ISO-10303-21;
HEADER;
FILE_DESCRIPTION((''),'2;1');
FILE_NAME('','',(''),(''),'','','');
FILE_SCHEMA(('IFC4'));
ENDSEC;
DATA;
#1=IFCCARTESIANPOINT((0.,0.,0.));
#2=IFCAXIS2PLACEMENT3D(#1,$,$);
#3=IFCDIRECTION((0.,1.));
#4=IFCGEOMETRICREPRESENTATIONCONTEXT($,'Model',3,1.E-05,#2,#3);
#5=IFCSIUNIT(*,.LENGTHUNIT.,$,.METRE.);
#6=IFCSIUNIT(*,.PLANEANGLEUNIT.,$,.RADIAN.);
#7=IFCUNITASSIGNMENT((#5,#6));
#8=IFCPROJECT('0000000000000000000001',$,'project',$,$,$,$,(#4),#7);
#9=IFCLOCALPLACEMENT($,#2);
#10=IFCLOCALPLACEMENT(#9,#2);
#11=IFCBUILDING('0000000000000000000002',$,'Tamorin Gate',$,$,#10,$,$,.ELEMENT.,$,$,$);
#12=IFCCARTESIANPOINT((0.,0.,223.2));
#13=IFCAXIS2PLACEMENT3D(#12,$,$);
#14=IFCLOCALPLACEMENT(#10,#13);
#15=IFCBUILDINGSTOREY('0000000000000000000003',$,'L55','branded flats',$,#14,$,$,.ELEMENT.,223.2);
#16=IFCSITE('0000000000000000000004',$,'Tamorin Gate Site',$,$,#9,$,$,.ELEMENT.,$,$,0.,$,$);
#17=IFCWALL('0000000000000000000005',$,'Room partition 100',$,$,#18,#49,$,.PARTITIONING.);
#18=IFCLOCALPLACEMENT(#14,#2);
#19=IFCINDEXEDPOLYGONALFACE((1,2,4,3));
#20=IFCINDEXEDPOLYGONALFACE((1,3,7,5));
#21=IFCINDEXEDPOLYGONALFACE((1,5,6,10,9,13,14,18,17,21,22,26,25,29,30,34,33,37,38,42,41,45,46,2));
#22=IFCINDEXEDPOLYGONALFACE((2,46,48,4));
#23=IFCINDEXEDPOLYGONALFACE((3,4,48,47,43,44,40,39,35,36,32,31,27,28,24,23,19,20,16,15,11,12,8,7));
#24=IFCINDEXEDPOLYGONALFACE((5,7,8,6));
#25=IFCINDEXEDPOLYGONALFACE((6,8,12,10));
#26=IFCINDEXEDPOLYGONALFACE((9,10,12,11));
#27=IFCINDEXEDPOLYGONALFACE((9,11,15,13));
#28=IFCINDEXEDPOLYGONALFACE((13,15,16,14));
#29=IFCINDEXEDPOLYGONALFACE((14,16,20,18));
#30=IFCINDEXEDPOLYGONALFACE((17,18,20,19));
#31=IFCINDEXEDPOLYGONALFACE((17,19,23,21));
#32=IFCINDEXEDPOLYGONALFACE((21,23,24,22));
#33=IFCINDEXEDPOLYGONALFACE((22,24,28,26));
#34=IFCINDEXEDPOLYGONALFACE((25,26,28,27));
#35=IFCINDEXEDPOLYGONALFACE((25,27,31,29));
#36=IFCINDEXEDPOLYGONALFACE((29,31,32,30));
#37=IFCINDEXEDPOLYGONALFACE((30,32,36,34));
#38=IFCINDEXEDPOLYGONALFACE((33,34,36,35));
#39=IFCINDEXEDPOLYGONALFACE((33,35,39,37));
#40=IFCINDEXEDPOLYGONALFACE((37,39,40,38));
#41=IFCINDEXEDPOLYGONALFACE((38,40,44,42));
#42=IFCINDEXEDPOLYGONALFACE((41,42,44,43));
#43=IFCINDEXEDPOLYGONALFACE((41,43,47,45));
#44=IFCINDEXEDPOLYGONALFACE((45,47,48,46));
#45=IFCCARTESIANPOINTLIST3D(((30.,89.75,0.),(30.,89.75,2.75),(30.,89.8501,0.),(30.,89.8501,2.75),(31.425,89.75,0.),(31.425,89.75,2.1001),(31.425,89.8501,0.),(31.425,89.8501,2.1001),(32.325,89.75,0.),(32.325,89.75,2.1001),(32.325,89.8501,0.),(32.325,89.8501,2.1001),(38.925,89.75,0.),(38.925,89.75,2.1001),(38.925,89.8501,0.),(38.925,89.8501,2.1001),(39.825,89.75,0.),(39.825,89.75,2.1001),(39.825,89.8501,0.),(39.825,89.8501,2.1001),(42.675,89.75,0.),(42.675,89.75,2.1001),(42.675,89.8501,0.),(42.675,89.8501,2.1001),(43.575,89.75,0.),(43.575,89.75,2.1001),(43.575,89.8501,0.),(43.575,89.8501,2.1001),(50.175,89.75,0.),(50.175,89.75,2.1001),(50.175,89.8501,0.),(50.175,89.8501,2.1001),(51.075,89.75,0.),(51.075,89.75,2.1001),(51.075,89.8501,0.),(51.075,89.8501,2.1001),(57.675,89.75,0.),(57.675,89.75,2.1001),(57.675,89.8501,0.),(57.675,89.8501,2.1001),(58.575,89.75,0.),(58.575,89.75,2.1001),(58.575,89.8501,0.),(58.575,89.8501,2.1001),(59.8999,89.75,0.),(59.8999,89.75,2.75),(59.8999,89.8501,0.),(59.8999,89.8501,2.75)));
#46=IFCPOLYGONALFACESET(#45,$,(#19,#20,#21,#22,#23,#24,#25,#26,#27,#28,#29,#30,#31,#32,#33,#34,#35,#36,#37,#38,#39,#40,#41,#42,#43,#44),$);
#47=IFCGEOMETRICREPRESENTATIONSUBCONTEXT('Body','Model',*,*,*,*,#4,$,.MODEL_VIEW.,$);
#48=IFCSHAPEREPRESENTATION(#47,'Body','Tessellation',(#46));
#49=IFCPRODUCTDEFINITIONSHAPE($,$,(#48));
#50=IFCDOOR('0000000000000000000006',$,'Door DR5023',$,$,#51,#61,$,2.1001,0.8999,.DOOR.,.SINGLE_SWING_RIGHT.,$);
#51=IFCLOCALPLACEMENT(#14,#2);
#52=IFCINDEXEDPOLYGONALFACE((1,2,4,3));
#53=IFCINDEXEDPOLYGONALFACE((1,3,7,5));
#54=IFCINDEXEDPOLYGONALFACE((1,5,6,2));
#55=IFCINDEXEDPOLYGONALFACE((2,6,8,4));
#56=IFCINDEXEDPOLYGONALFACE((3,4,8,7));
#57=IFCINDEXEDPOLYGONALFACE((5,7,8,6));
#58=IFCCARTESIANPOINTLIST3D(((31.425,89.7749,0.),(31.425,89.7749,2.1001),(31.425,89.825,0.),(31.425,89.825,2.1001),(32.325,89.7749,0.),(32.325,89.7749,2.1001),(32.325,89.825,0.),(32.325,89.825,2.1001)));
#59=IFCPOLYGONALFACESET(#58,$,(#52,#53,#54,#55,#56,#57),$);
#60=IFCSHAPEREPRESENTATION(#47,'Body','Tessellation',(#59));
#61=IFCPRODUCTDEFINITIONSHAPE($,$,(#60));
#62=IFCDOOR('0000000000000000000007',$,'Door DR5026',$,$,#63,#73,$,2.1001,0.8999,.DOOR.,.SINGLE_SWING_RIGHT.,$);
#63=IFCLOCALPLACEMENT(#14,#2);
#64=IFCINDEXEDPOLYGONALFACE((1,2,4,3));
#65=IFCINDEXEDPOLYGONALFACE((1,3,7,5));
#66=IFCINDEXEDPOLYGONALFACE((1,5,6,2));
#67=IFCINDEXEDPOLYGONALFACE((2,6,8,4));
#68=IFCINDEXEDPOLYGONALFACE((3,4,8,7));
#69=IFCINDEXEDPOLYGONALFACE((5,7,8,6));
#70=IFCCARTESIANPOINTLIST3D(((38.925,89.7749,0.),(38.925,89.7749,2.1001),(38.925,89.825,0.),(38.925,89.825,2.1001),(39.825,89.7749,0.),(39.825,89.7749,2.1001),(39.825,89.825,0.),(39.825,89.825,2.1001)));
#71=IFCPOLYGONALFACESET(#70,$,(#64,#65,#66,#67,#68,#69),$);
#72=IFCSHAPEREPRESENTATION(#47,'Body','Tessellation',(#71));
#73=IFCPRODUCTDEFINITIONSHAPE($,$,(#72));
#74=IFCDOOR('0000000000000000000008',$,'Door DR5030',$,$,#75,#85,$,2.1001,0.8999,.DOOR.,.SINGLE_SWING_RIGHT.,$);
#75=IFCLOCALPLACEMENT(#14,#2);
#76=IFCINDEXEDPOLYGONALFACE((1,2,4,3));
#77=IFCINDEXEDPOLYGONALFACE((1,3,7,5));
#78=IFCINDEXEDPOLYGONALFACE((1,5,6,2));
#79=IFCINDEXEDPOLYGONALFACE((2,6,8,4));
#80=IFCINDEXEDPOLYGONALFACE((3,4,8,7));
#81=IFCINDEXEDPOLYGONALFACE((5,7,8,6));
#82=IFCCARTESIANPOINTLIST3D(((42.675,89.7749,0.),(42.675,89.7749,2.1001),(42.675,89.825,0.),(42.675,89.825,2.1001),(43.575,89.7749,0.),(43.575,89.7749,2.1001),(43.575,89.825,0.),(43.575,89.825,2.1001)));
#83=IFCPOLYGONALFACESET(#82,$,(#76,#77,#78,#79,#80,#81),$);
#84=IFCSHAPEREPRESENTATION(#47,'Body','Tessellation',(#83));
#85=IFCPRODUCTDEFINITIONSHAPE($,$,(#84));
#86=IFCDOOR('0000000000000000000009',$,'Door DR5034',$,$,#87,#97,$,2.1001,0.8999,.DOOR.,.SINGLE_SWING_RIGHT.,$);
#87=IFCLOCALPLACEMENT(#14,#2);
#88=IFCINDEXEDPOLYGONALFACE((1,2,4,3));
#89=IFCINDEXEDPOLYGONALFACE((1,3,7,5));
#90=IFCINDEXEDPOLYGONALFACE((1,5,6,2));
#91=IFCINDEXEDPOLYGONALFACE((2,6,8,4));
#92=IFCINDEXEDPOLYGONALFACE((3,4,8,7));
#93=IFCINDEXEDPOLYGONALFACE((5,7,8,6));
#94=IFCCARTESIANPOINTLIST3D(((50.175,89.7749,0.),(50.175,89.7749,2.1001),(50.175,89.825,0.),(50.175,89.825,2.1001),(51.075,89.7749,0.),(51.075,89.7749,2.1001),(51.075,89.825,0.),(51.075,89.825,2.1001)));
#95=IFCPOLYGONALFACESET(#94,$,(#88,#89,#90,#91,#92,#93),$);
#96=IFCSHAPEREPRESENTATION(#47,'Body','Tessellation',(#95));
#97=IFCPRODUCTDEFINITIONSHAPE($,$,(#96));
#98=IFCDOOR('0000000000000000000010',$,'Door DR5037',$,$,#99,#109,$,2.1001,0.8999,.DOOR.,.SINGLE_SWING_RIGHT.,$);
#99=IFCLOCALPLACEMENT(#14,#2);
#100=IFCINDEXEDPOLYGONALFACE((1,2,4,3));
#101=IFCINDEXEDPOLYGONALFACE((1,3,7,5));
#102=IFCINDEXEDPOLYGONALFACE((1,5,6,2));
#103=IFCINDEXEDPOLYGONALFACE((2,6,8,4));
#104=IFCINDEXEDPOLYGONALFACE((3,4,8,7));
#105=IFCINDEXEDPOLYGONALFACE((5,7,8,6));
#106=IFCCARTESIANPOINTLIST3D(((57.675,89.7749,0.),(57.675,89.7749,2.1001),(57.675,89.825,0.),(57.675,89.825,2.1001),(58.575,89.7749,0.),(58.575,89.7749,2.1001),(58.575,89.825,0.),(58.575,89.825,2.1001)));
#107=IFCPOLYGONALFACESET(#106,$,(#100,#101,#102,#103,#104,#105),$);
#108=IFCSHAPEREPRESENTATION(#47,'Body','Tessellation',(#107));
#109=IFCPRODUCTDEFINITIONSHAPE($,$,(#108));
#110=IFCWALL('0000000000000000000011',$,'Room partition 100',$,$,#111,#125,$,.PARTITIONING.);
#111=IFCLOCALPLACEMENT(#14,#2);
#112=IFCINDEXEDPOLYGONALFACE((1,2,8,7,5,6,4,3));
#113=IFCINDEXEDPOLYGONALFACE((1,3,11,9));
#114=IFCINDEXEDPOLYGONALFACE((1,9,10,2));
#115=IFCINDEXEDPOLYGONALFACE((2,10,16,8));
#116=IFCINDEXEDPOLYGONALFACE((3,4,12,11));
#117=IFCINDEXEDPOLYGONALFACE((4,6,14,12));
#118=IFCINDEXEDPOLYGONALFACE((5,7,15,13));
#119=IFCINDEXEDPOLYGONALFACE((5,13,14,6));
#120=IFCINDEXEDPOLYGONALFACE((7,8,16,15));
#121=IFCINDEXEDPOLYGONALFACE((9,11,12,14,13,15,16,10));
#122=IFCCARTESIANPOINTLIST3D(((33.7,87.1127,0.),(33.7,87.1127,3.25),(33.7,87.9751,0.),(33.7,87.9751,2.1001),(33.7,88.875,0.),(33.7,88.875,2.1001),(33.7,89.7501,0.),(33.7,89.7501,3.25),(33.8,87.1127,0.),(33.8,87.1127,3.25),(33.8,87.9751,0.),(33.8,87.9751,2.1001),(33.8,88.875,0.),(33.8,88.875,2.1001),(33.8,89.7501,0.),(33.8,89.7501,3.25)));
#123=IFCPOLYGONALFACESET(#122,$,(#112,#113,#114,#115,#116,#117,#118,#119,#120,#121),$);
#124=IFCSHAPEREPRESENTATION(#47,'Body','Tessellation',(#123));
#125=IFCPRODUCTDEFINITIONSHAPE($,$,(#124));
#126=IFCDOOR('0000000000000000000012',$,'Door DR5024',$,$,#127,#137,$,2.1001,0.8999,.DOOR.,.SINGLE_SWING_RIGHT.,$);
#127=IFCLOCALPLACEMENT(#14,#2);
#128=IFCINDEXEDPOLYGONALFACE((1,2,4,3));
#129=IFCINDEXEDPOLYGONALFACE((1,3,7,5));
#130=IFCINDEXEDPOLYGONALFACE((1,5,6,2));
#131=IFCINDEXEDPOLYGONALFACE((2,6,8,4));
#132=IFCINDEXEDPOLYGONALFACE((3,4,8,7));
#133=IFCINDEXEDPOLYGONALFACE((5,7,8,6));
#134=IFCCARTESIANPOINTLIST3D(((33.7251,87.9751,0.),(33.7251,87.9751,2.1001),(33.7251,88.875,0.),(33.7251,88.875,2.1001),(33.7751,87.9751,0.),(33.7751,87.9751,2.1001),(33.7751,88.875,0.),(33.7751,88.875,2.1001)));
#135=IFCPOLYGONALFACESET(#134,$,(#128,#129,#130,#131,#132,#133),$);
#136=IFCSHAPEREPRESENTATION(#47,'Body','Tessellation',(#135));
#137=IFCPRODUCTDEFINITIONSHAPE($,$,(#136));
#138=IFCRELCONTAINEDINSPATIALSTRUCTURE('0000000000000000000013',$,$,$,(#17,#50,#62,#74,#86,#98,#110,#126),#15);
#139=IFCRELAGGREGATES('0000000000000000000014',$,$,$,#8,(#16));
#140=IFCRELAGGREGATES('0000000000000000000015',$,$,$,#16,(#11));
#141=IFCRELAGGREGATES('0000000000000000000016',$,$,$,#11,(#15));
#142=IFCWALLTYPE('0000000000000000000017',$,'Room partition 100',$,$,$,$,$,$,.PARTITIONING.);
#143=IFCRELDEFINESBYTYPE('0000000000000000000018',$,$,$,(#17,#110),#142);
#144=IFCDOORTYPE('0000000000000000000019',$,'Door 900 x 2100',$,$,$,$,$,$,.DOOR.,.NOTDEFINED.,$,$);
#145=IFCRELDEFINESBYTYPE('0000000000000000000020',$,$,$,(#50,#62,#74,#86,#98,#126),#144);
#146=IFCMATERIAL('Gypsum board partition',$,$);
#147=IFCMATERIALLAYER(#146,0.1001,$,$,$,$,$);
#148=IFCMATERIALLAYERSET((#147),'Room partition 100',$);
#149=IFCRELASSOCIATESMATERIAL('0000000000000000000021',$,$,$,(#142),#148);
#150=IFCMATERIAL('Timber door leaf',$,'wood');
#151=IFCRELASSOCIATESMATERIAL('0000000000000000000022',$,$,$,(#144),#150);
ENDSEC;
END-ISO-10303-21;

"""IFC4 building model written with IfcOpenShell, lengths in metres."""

from ifc_helpers import new_model, si_unit, direction, frame, frame_2d, origin, place, context, subcontext, project, spatial, rectangle, extrude, material, layer, layer_set, type_object, element, fill, save


model = new_model("IFC4")

# Units and contexts
model_context = context("Model", 3, precision=1e-05, world=origin(), true_north=direction((0.0, 1.0)))
body_context = subcontext(model_context, "Body", "Model", "MODEL_VIEW")
ifc_project = project(units=[si_unit("LENGTHUNIT", "METRE"), si_unit("PLANEANGLEUNIT", "RADIAN")], contexts=[model_context])

# Site, building, storey
site_placement = place(None, origin())
site = spatial("IfcSite", under=ifc_project, at=site_placement, Name="Tamorin Gate Site", CompositionType="ELEMENT", RefElevation=0.0)
building_placement = place(site_placement, origin())
building = spatial("IfcBuilding", under=site, at=building_placement, Name="Tamorin Gate", CompositionType="ELEMENT")
storey_placement = place(building_placement, frame((0.0, 0.0, 223.2)))
storey = spatial("IfcBuildingStorey", under=building, at=storey_placement, Name="L55", Description="branded flats", CompositionType="ELEMENT", Elevation=223.2)

# Wall, openings, doors
ifc_material_1 = material(Name="Gypsum board partition")
ifc_layer_1 = layer(ifc_material_1, 0.1001)
ifc_layer_set_1 = layer_set([ifc_layer_1], Name="Room partition 100")
wall_type_1 = type_object("IfcWallType", Name="Room partition 100", PredefinedType="PARTITIONING", material=ifc_layer_set_1)
wall_1_placement = place(storey_placement, frame((30.0, 89.8, 0.0), z_axis=(0.0, 0.0, 1.0), x_axis=(1.0, 0.0, 0.0)))
wall_1 = element("IfcWall", 1, at=wall_1_placement, inside=storey, type_object=wall_type_1, Name="Room partition 100", PredefinedType="PARTITIONING", context=body_context, shape_type="SweptSolid", body=[
    extrude(rectangle(XDim=29.8999, YDim=0.1001, at=frame_2d((14.95, 0.0))), origin(), (0.0, 0.0, 1.0), 2.75),
])
opening_1_placement = place(wall_1_placement, frame((1.425, 0.0, 0.0)))
opening_1 = element("IfcOpeningElement", 2, at=opening_1_placement, cuts=wall_1, PredefinedType="OPENING", context=body_context, shape_type="SweptSolid", body=[
    extrude(rectangle(XDim=0.8999, YDim=2.1001, at=frame_2d((0.45, 1.05))), frame((0.0, 0.0601, 0.0), z_axis=(0.0, -1.0, 0.0), x_axis=(1.0, 0.0, 0.0)), (0.0, 0.0, 1.0), 0.1201),
])
opening_2_placement = place(wall_1_placement, frame((8.925, 0.0, 0.0)))
opening_2 = element("IfcOpeningElement", 3, at=opening_2_placement, cuts=wall_1, PredefinedType="OPENING", context=body_context, shape_type="SweptSolid", body=[
    extrude(rectangle(XDim=0.8999, YDim=2.1001, at=frame_2d((0.45, 1.05))), frame((0.0, 0.0601, 0.0), z_axis=(0.0, -1.0, 0.0), x_axis=(1.0, 0.0, 0.0)), (0.0, 0.0, 1.0), 0.1201),
])
opening_3_placement = place(wall_1_placement, frame((12.675, 0.0, 0.0)))
opening_3 = element("IfcOpeningElement", 4, at=opening_3_placement, cuts=wall_1, PredefinedType="OPENING", context=body_context, shape_type="SweptSolid", body=[
    extrude(rectangle(XDim=0.8999, YDim=2.1001, at=frame_2d((0.45, 1.05))), frame((0.0, 0.0601, 0.0), z_axis=(0.0, -1.0, 0.0), x_axis=(1.0, 0.0, 0.0)), (0.0, 0.0, 1.0), 0.1201),
])
opening_4_placement = place(wall_1_placement, frame((20.175, 0.0, 0.0)))
opening_4 = element("IfcOpeningElement", 5, at=opening_4_placement, cuts=wall_1, PredefinedType="OPENING", context=body_context, shape_type="SweptSolid", body=[
    extrude(rectangle(XDim=0.8999, YDim=2.1001, at=frame_2d((0.45, 1.05))), frame((0.0, 0.0601, 0.0), z_axis=(0.0, -1.0, 0.0), x_axis=(1.0, 0.0, 0.0)), (0.0, 0.0, 1.0), 0.1201),
])
opening_5_placement = place(wall_1_placement, frame((27.675, 0.0, 0.0)))
opening_5 = element("IfcOpeningElement", 6, at=opening_5_placement, cuts=wall_1, PredefinedType="OPENING", context=body_context, shape_type="SweptSolid", body=[
    extrude(rectangle(XDim=0.8999, YDim=2.1001, at=frame_2d((0.45, 1.05))), frame((0.0, 0.0601, 0.0), z_axis=(0.0, -1.0, 0.0), x_axis=(1.0, 0.0, 0.0)), (0.0, 0.0, 1.0), 0.1201),
])
ifc_material_2 = material(Name="Timber door leaf", Category="wood")
door_type = type_object("IfcDoorType", Name="Door 900 x 2100", OperationType="NOTDEFINED", PredefinedType="DOOR", material=ifc_material_2)
door_1_placement = place(opening_1_placement, origin())
door_1 = element("IfcDoor", 7, at=door_1_placement, inside=storey, type_object=door_type, Name="Door DR5023", OperationType="SINGLE_SWING_RIGHT", OverallHeight=2.1001, OverallWidth=0.8999, PredefinedType="DOOR", context=body_context, shape_type="SweptSolid", body=[
    extrude(rectangle(XDim=0.8999, YDim=2.1001, at=frame_2d((0.45, 1.05))), frame((0.0, 0.0249, 0.0), z_axis=(0.0, -1.0, 0.0), x_axis=(1.0, 0.0, 0.0)), (0.0, 0.0, 1.0), 0.05),
])
fill(opening_1, door_1)
door_2_placement = place(opening_2_placement, origin())
door_2 = element("IfcDoor", 8, at=door_2_placement, inside=storey, type_object=door_type, Name="Door DR5026", OperationType="SINGLE_SWING_RIGHT", OverallHeight=2.1001, OverallWidth=0.8999, PredefinedType="DOOR", context=body_context, shape_type="SweptSolid", body=[
    extrude(rectangle(XDim=0.8999, YDim=2.1001, at=frame_2d((0.45, 1.05))), frame((0.0, 0.0249, 0.0), z_axis=(0.0, -1.0, 0.0), x_axis=(1.0, 0.0, 0.0)), (0.0, 0.0, 1.0), 0.05),
])
fill(opening_2, door_2)
door_3_placement = place(opening_3_placement, origin())
door_3 = element("IfcDoor", 9, at=door_3_placement, inside=storey, type_object=door_type, Name="Door DR5030", OperationType="SINGLE_SWING_RIGHT", OverallHeight=2.1001, OverallWidth=0.8999, PredefinedType="DOOR", context=body_context, shape_type="SweptSolid", body=[
    extrude(rectangle(XDim=0.8999, YDim=2.1001, at=frame_2d((0.45, 1.05))), frame((0.0, 0.0249, 0.0), z_axis=(0.0, -1.0, 0.0), x_axis=(1.0, 0.0, 0.0)), (0.0, 0.0, 1.0), 0.05),
])
fill(opening_3, door_3)
door_4_placement = place(opening_4_placement, origin())
door_4 = element("IfcDoor", 10, at=door_4_placement, inside=storey, type_object=door_type, Name="Door DR5034", OperationType="SINGLE_SWING_RIGHT", OverallHeight=2.1001, OverallWidth=0.8999, PredefinedType="DOOR", context=body_context, shape_type="SweptSolid", body=[
    extrude(rectangle(XDim=0.8999, YDim=2.1001, at=frame_2d((0.45, 1.05))), frame((0.0, 0.0249, 0.0), z_axis=(0.0, -1.0, 0.0), x_axis=(1.0, 0.0, 0.0)), (0.0, 0.0, 1.0), 0.05),
])
fill(opening_4, door_4)
door_5_placement = place(opening_5_placement, origin())
door_5 = element("IfcDoor", 11, at=door_5_placement, inside=storey, type_object=door_type, Name="Door DR5037", OperationType="SINGLE_SWING_RIGHT", OverallHeight=2.1001, OverallWidth=0.8999, PredefinedType="DOOR", context=body_context, shape_type="SweptSolid", body=[
    extrude(rectangle(XDim=0.8999, YDim=2.1001, at=frame_2d((0.45, 1.05))), frame((0.0, 0.0249, 0.0), z_axis=(0.0, -1.0, 0.0), x_axis=(1.0, 0.0, 0.0)), (0.0, 0.0, 1.0), 0.05),
])
fill(opening_5, door_5)

# Wall, opening, door
wall_2_placement = place(storey_placement, frame((33.75, 87.1125, 0.0), z_axis=(0.0, 0.0, 1.0), x_axis=(0.0, 1.0, 0.0)))
wall_2 = element("IfcWall", 12, at=wall_2_placement, inside=storey, type_object=wall_type_1, Name="Room partition 100", PredefinedType="PARTITIONING", context=body_context, shape_type="SweptSolid", body=[
    extrude(rectangle(XDim=2.6375, YDim=0.1001, at=frame_2d((1.3188, 0.0))), origin(), (0.0, 0.0, 1.0), 3.25),
])
opening_6_placement = place(wall_2_placement, frame((0.8625, 0.0, 0.0)))
opening_6 = element("IfcOpeningElement", 13, at=opening_6_placement, cuts=wall_2, PredefinedType="OPENING", context=body_context, shape_type="SweptSolid", body=[
    extrude(rectangle(XDim=0.8999, YDim=2.1001, at=frame_2d((0.45, 1.05))), frame((0.0, 0.0601, 0.0), z_axis=(0.0, -1.0, 0.0), x_axis=(1.0, 0.0, 0.0)), (0.0, 0.0, 1.0), 0.1201),
])
door_6_placement = place(opening_6_placement, origin())
door_6 = element("IfcDoor", 14, at=door_6_placement, inside=storey, type_object=door_type, Name="Door DR5024", OperationType="SINGLE_SWING_RIGHT", OverallHeight=2.1001, OverallWidth=0.8999, PredefinedType="DOOR", context=body_context, shape_type="SweptSolid", body=[
    extrude(rectangle(XDim=0.8999, YDim=2.1001, at=frame_2d((0.45, 1.05))), frame((0.0, 0.0249, 0.0), z_axis=(0.0, -1.0, 0.0), x_axis=(1.0, 0.0, 0.0)), (0.0, 0.0, 1.0), 0.05),
])
fill(opening_6, door_6)

save(model, "model.ifc")
